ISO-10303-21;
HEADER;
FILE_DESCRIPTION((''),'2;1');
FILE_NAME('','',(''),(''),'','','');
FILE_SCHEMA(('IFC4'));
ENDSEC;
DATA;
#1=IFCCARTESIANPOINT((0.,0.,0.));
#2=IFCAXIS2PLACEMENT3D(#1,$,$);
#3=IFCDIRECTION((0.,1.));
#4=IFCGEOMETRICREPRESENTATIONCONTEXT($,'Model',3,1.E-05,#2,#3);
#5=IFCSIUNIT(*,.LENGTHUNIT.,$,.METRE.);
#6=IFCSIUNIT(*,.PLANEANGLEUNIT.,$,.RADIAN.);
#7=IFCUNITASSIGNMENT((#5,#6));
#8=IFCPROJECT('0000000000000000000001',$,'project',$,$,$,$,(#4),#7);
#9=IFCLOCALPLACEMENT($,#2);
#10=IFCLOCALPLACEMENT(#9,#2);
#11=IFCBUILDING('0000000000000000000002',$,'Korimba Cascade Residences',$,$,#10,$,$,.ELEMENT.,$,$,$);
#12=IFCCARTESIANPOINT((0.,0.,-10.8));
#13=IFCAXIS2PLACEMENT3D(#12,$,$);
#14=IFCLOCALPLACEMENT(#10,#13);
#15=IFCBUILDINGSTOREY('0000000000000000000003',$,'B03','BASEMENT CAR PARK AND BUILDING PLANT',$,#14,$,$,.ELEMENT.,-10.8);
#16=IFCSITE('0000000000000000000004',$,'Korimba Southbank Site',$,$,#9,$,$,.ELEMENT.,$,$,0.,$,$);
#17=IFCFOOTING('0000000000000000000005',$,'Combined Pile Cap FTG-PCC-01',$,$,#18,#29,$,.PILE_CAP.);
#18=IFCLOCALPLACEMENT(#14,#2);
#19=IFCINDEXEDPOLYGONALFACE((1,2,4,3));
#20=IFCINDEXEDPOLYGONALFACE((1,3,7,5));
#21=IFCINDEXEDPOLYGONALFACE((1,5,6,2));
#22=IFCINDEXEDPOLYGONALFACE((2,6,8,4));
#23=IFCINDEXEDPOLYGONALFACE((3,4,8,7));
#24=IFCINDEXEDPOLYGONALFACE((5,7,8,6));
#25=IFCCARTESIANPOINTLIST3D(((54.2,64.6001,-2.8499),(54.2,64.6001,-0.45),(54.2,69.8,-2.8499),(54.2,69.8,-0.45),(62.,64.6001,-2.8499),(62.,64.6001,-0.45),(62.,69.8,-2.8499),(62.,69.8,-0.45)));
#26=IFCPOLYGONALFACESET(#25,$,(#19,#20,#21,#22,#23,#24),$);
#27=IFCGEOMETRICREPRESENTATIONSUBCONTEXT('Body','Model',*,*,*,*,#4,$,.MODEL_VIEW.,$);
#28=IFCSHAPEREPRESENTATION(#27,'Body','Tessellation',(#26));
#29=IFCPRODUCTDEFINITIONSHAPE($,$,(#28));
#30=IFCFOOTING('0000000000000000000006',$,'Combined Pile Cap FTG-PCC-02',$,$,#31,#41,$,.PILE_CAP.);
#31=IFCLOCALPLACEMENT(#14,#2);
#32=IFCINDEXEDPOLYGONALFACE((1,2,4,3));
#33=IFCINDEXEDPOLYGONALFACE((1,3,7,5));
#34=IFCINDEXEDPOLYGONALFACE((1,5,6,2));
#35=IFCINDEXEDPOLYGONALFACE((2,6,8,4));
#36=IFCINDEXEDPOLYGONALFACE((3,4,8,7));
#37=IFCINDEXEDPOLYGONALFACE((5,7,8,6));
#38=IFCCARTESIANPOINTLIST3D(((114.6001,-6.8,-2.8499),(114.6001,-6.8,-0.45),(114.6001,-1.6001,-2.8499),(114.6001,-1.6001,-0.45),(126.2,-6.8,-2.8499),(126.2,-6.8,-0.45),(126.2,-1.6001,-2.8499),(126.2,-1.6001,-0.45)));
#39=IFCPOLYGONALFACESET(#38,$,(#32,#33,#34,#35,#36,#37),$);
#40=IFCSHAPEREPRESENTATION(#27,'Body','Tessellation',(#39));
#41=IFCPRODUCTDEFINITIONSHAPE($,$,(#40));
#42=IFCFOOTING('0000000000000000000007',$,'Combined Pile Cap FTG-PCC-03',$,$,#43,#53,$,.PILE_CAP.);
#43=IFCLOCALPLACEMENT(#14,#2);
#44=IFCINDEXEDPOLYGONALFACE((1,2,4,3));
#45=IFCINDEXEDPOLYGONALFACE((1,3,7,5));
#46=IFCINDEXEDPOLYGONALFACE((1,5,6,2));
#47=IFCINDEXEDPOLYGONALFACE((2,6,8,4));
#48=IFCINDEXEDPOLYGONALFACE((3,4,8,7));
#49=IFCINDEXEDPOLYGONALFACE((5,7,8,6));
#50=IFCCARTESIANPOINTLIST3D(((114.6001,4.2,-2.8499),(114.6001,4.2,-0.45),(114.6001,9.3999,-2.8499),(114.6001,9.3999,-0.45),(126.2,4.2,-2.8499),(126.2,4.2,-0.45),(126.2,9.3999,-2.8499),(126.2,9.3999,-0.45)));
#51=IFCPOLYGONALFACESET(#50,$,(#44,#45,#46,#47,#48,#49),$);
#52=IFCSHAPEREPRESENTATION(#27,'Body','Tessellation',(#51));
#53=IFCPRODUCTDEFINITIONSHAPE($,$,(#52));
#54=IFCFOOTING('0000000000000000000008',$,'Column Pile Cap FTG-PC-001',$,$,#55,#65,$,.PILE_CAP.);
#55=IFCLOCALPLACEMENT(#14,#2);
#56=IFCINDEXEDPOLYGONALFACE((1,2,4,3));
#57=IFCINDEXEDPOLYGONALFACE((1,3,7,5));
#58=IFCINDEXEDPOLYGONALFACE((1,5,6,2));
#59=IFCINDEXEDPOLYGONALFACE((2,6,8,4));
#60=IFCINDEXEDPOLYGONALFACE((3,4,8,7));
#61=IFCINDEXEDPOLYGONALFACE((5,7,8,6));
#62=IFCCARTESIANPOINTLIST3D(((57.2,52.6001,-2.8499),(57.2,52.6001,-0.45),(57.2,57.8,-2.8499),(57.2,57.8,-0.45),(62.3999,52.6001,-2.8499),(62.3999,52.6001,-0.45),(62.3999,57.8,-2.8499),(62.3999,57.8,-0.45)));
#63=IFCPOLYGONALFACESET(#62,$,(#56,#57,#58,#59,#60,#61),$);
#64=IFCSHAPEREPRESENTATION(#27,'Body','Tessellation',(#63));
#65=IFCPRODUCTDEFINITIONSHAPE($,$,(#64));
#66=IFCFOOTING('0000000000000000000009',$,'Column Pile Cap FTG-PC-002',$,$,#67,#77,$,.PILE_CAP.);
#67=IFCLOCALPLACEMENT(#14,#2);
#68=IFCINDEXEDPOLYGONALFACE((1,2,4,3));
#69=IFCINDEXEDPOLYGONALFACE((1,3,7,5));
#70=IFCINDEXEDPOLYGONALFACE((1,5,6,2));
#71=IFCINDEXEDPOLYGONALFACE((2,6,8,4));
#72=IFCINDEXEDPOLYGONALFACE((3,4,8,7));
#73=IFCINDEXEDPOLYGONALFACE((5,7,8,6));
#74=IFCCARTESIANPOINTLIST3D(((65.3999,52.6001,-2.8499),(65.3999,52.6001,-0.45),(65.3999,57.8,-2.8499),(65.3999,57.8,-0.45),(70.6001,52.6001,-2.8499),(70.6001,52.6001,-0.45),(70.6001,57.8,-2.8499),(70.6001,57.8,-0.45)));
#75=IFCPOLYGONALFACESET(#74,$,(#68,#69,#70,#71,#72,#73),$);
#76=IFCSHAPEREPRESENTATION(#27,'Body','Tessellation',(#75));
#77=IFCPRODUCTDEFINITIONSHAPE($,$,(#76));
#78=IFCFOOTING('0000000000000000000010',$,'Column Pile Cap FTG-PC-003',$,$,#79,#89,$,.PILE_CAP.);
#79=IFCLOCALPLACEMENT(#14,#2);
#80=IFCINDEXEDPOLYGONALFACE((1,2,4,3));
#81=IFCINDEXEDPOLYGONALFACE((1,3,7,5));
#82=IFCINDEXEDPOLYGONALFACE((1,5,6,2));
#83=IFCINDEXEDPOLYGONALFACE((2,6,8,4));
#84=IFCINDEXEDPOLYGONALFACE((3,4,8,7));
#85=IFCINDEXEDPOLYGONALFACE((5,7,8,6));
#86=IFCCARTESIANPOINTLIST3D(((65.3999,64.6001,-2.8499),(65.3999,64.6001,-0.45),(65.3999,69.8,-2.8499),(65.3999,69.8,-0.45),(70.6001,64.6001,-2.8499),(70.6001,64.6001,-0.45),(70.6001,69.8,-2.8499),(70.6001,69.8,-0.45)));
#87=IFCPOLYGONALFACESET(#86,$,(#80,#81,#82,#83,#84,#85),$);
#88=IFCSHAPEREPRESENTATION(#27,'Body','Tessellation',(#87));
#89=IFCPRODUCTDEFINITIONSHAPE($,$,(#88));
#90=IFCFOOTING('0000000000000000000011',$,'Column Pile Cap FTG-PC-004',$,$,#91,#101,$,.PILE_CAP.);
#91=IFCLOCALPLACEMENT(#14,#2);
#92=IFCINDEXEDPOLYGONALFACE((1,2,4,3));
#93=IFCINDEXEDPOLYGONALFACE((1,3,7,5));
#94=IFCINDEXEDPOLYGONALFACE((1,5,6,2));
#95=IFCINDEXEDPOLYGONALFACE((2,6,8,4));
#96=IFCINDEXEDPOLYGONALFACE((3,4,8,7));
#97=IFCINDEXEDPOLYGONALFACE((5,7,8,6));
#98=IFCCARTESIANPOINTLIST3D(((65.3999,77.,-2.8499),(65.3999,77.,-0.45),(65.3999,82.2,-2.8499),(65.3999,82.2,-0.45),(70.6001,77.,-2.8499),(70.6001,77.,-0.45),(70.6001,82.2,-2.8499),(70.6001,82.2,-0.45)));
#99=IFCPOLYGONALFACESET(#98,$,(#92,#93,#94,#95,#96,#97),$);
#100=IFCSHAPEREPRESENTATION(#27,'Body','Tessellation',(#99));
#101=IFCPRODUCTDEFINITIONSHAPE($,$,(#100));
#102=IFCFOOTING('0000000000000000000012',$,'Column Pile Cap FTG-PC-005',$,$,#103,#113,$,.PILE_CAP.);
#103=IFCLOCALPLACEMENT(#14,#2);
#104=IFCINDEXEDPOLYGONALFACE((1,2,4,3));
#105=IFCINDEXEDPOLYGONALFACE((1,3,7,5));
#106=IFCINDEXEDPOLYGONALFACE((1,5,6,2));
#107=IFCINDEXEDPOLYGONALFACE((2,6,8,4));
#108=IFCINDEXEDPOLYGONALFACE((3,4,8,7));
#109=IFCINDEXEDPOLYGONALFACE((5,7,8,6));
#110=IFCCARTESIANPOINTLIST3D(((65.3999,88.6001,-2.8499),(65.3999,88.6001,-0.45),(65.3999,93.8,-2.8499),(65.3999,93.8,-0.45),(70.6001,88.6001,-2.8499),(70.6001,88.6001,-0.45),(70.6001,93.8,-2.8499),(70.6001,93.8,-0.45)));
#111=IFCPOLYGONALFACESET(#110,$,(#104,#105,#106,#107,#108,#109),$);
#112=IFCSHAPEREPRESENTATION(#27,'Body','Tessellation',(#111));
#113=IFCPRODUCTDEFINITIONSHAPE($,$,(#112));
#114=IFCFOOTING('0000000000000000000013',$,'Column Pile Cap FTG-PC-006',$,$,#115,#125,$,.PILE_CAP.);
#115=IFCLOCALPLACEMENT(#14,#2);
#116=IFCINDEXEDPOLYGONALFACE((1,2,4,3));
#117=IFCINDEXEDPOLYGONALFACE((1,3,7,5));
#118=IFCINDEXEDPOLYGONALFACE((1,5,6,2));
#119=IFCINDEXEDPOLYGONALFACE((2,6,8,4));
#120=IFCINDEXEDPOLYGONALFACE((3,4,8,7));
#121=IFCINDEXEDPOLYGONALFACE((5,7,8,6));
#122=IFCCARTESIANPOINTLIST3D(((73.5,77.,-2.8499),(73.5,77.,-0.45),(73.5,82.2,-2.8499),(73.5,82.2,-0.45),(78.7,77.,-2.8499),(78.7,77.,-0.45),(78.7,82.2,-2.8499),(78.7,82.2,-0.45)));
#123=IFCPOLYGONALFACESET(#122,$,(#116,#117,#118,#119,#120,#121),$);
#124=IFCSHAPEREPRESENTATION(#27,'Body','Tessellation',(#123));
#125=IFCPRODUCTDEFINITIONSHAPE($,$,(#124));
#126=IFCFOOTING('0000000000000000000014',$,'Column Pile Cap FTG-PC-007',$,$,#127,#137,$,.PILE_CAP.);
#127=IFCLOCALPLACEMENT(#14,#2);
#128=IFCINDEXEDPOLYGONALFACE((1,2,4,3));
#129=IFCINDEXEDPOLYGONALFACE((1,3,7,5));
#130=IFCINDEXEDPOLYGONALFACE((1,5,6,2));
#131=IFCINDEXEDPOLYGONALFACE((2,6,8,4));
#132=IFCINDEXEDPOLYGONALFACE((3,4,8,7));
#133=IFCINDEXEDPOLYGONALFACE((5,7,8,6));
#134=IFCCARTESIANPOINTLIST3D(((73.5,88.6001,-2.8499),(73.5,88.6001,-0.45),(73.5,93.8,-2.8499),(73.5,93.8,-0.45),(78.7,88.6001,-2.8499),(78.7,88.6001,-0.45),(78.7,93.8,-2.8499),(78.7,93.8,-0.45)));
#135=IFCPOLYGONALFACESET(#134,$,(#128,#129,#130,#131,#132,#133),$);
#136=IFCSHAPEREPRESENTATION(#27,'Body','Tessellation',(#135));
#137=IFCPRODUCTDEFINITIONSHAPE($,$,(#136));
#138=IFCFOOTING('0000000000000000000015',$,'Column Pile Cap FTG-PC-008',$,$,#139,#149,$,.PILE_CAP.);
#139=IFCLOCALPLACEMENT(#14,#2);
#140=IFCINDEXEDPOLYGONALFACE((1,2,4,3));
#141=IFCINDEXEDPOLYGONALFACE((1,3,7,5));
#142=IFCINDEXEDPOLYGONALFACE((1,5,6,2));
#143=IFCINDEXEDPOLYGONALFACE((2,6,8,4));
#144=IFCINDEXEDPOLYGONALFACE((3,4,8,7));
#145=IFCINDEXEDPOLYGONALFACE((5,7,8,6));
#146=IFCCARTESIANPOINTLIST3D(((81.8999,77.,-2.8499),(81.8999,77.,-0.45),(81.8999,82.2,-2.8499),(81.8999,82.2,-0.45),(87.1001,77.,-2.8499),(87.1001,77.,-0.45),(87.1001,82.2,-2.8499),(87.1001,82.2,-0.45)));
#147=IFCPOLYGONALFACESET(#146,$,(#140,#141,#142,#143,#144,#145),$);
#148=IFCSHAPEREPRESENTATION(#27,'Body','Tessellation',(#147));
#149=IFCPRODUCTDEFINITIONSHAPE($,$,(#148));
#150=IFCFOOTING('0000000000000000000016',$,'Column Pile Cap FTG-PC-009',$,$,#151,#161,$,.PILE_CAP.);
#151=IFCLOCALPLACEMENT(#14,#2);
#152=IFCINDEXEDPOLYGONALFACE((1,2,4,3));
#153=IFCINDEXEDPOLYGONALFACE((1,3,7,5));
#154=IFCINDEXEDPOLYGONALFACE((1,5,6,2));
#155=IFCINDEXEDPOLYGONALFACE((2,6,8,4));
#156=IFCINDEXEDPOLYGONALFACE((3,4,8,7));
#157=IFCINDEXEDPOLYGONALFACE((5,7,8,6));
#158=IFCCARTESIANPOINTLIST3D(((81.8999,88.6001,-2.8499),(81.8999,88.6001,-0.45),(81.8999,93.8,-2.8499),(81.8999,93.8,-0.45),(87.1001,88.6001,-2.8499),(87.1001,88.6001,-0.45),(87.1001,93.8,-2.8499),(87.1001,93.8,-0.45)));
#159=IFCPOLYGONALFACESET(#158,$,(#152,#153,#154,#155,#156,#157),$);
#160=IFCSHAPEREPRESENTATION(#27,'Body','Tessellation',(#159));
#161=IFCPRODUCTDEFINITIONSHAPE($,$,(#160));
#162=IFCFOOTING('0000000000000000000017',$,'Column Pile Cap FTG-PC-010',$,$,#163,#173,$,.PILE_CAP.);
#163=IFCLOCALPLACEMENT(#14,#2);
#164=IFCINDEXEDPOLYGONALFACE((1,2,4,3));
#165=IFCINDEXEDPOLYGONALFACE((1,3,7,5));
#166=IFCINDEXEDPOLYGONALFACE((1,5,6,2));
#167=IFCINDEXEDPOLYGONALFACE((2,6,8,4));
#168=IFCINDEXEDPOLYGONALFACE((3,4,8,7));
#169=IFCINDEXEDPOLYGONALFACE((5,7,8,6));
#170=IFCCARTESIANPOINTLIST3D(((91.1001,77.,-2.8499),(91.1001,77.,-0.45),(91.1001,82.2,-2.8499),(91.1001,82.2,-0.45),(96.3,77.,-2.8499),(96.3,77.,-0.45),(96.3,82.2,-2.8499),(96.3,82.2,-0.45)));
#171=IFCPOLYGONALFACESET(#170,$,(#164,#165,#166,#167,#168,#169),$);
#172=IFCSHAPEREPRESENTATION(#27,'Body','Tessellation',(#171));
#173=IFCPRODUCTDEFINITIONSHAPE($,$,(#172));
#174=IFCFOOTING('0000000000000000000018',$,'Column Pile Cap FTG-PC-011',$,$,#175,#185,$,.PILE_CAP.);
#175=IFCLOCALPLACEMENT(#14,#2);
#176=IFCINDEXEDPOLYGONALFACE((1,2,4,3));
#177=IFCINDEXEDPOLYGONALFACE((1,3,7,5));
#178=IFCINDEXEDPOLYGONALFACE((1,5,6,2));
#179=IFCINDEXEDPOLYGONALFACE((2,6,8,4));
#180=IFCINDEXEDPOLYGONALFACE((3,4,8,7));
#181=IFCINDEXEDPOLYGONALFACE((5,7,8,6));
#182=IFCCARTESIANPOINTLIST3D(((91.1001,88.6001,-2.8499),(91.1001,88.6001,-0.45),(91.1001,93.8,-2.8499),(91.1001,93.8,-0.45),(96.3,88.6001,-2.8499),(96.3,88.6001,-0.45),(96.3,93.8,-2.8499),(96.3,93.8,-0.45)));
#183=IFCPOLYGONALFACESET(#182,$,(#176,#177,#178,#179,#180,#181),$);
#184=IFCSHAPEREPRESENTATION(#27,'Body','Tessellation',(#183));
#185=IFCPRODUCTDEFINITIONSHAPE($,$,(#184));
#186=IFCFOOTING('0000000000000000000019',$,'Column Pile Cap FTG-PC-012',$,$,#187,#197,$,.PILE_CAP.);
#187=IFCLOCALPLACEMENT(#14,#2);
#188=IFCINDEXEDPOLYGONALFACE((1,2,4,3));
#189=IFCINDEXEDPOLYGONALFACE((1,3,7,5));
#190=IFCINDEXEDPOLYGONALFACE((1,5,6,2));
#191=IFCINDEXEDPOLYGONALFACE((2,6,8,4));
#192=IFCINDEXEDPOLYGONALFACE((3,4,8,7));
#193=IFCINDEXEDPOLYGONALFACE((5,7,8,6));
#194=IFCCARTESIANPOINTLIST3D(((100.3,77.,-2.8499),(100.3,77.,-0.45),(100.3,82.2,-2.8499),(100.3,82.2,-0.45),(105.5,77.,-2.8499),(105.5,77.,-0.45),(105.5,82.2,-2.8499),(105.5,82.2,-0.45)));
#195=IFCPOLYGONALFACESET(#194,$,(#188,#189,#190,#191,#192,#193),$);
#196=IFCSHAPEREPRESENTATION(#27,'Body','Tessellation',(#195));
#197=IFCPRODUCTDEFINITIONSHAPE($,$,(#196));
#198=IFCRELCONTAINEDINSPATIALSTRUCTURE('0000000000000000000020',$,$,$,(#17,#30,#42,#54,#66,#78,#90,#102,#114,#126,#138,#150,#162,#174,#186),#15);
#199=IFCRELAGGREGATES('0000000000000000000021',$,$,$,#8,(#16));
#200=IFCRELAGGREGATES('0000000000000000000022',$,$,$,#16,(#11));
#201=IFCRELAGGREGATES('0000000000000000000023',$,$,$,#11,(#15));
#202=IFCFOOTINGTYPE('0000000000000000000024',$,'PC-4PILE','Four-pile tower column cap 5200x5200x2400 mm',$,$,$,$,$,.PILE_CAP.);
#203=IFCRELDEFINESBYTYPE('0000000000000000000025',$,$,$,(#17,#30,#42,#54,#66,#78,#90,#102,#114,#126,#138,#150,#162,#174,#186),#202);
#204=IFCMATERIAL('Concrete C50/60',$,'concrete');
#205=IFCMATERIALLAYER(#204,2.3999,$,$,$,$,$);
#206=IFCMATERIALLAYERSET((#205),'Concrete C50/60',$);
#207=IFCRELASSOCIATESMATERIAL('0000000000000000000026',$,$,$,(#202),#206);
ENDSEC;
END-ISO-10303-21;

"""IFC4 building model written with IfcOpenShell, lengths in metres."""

from ifc_helpers import new_model, si_unit, direction, frame, origin, place, context, subcontext, project, spatial, polyline, outline, extrude, material, layer, layer_set, type_object, element, save


model = new_model("IFC4")

# Units and contexts
model_context = context("Model", 3, precision=1e-05, world=origin(), true_north=direction((0.0, 1.0)))
body_context = subcontext(model_context, "Body", "Model", "MODEL_VIEW")
ifc_project = project(units=[si_unit("LENGTHUNIT", "METRE"), si_unit("PLANEANGLEUNIT", "RADIAN")], contexts=[model_context])

# Site, building, storey
site_placement = place(None, origin())
site = spatial("IfcSite", under=ifc_project, at=site_placement, Name="Korimba Southbank Site", CompositionType="ELEMENT", RefElevation=0.0)
building_placement = place(site_placement, origin())
building = spatial("IfcBuilding", under=site, at=building_placement, Name="Korimba Cascade Residences", CompositionType="ELEMENT")
storey_placement = place(building_placement, frame((0.0, 0.0, -10.8)))
storey = spatial("IfcBuildingStorey", under=building, at=storey_placement, Name="B03", Description="BASEMENT CAR PARK AND BUILDING PLANT", CompositionType="ELEMENT", Elevation=-10.8)

# Footings
ifc_material = material(Name="Concrete C50/60", Category="concrete")
ifc_layer_1 = layer(ifc_material, 2.3999)
ifc_layer_set_1 = layer_set([ifc_layer_1], Name="Concrete C50/60")
footing_type_1 = type_object("IfcFootingType", Name="PC-4PILE", Description="Four-pile tower column cap 5200x5200x2400 mm", PredefinedType="PILE_CAP", material=ifc_layer_set_1)
footing_1_placement = place(storey_placement, frame((0.0, 0.0, -2.8499)))
element("IfcFooting", 1, at=footing_1_placement, inside=storey, type_object=footing_type_1, Name="Combined Pile Cap FTG-PCC-01", PredefinedType="PILE_CAP", context=body_context, shape_type="SweptSolid", body=[
    extrude(outline(polyline([(54.2, 64.6001), (62.0, 64.6001), (62.0, 69.8), (54.2, 69.8), (54.2, 64.6001)])), origin(), (0.0, 0.0, 1.0), 2.3999),
])
footing_2_placement = place(storey_placement, frame((0.0, 0.0, -2.8499)))
element("IfcFooting", 2, at=footing_2_placement, inside=storey, type_object=footing_type_1, Name="Combined Pile Cap FTG-PCC-02", PredefinedType="PILE_CAP", context=body_context, shape_type="SweptSolid", body=[
    extrude(outline(polyline([(114.6001, -6.8), (126.2, -6.8), (126.2, -1.6001), (114.6001, -1.6001), (114.6001, -6.8)])), origin(), (0.0, 0.0, 1.0), 2.3999),
])
footing_3_placement = place(storey_placement, frame((0.0, 0.0, -2.8499)))
element("IfcFooting", 3, at=footing_3_placement, inside=storey, type_object=footing_type_1, Name="Combined Pile Cap FTG-PCC-03", PredefinedType="PILE_CAP", context=body_context, shape_type="SweptSolid", body=[
    extrude(outline(polyline([(114.6001, 4.2), (126.2, 4.2), (126.2, 9.3999), (114.6001, 9.3999), (114.6001, 4.2)])), origin(), (0.0, 0.0, 1.0), 2.3999),
])
footing_4_placement = place(storey_placement, frame((0.0, 0.0, -2.8499)))
element("IfcFooting", 4, at=footing_4_placement, inside=storey, type_object=footing_type_1, Name="Column Pile Cap FTG-PC-001", PredefinedType="PILE_CAP", context=body_context, shape_type="SweptSolid", body=[
    extrude(outline(polyline([(57.2, 52.6001), (62.3999, 52.6001), (62.3999, 57.8), (57.2, 57.8), (57.2, 52.6001)])), origin(), (0.0, 0.0, 1.0), 2.3999),
])
footing_5_placement = place(storey_placement, frame((0.0, 0.0, -2.8499)))
element("IfcFooting", 5, at=footing_5_placement, inside=storey, type_object=footing_type_1, Name="Column Pile Cap FTG-PC-002", PredefinedType="PILE_CAP", context=body_context, shape_type="SweptSolid", body=[
    extrude(outline(polyline([(65.3999, 52.6001), (70.6001, 52.6001), (70.6001, 57.8), (65.3999, 57.8), (65.3999, 52.6001)])), origin(), (0.0, 0.0, 1.0), 2.3999),
])
footing_6_placement = place(storey_placement, frame((0.0, 0.0, -2.8499)))
element("IfcFooting", 6, at=footing_6_placement, inside=storey, type_object=footing_type_1, Name="Column Pile Cap FTG-PC-003", PredefinedType="PILE_CAP", context=body_context, shape_type="SweptSolid", body=[
    extrude(outline(polyline([(65.3999, 64.6001), (70.6001, 64.6001), (70.6001, 69.8), (65.3999, 69.8), (65.3999, 64.6001)])), origin(), (0.0, 0.0, 1.0), 2.3999),
])
footing_7_placement = place(storey_placement, frame((0.0, 0.0, -2.8499)))
element("IfcFooting", 7, at=footing_7_placement, inside=storey, type_object=footing_type_1, Name="Column Pile Cap FTG-PC-004", PredefinedType="PILE_CAP", context=body_context, shape_type="SweptSolid", body=[
    extrude(outline(polyline([(65.3999, 77.0), (70.6001, 77.0), (70.6001, 82.2), (65.3999, 82.2), (65.3999, 77.0)])), origin(), (0.0, 0.0, 1.0), 2.3999),
])
footing_8_placement = place(storey_placement, frame((0.0, 0.0, -2.8499)))
element("IfcFooting", 8, at=footing_8_placement, inside=storey, type_object=footing_type_1, Name="Column Pile Cap FTG-PC-005", PredefinedType="PILE_CAP", context=body_context, shape_type="SweptSolid", body=[
    extrude(outline(polyline([(65.3999, 88.6001), (70.6001, 88.6001), (70.6001, 93.8), (65.3999, 93.8), (65.3999, 88.6001)])), origin(), (0.0, 0.0, 1.0), 2.3999),
])
footing_9_placement = place(storey_placement, frame((0.0, 0.0, -2.8499)))
element("IfcFooting", 9, at=footing_9_placement, inside=storey, type_object=footing_type_1, Name="Column Pile Cap FTG-PC-006", PredefinedType="PILE_CAP", context=body_context, shape_type="SweptSolid", body=[
    extrude(outline(polyline([(73.5, 77.0), (78.7, 77.0), (78.7, 82.2), (73.5, 82.2), (73.5, 77.0)])), origin(), (0.0, 0.0, 1.0), 2.3999),
])
footing_10_placement = place(storey_placement, frame((0.0, 0.0, -2.8499)))
element("IfcFooting", 10, at=footing_10_placement, inside=storey, type_object=footing_type_1, Name="Column Pile Cap FTG-PC-007", PredefinedType="PILE_CAP", context=body_context, shape_type="SweptSolid", body=[
    extrude(outline(polyline([(73.5, 88.6001), (78.7, 88.6001), (78.7, 93.8), (73.5, 93.8), (73.5, 88.6001)])), origin(), (0.0, 0.0, 1.0), 2.3999),
])
footing_11_placement = place(storey_placement, frame((0.0, 0.0, -2.8499)))
element("IfcFooting", 11, at=footing_11_placement, inside=storey, type_object=footing_type_1, Name="Column Pile Cap FTG-PC-008", PredefinedType="PILE_CAP", context=body_context, shape_type="SweptSolid", body=[
    extrude(outline(polyline([(81.8999, 77.0), (87.1001, 77.0), (87.1001, 82.2), (81.8999, 82.2), (81.8999, 77.0)])), origin(), (0.0, 0.0, 1.0), 2.3999),
])
footing_12_placement = place(storey_placement, frame((0.0, 0.0, -2.8499)))
element("IfcFooting", 12, at=footing_12_placement, inside=storey, type_object=footing_type_1, Name="Column Pile Cap FTG-PC-009", PredefinedType="PILE_CAP", context=body_context, shape_type="SweptSolid", body=[
    extrude(outline(polyline([(81.8999, 88.6001), (87.1001, 88.6001), (87.1001, 93.8), (81.8999, 93.8), (81.8999, 88.6001)])), origin(), (0.0, 0.0, 1.0), 2.3999),
])
footing_13_placement = place(storey_placement, frame((0.0, 0.0, -2.8499)))
element("IfcFooting", 13, at=footing_13_placement, inside=storey, type_object=footing_type_1, Name="Column Pile Cap FTG-PC-010", PredefinedType="PILE_CAP", context=body_context, shape_type="SweptSolid", body=[
    extrude(outline(polyline([(91.1001, 77.0), (96.3, 77.0), (96.3, 82.2), (91.1001, 82.2), (91.1001, 77.0)])), origin(), (0.0, 0.0, 1.0), 2.3999),
])
footing_14_placement = place(storey_placement, frame((0.0, 0.0, -2.8499)))
element("IfcFooting", 14, at=footing_14_placement, inside=storey, type_object=footing_type_1, Name="Column Pile Cap FTG-PC-011", PredefinedType="PILE_CAP", context=body_context, shape_type="SweptSolid", body=[
    extrude(outline(polyline([(91.1001, 88.6001), (96.3, 88.6001), (96.3, 93.8), (91.1001, 93.8), (91.1001, 88.6001)])), origin(), (0.0, 0.0, 1.0), 2.3999),
])
footing_15_placement = place(storey_placement, frame((0.0, 0.0, -2.8499)))
element("IfcFooting", 15, at=footing_15_placement, inside=storey, type_object=footing_type_1, Name="Column Pile Cap FTG-PC-012", PredefinedType="PILE_CAP", context=body_context, shape_type="SweptSolid", body=[
    extrude(outline(polyline([(100.3, 77.0), (105.5, 77.0), (105.5, 82.2), (100.3, 82.2), (100.3, 77.0)])), origin(), (0.0, 0.0, 1.0), 2.3999),
])

save(model, "model.ifc")
